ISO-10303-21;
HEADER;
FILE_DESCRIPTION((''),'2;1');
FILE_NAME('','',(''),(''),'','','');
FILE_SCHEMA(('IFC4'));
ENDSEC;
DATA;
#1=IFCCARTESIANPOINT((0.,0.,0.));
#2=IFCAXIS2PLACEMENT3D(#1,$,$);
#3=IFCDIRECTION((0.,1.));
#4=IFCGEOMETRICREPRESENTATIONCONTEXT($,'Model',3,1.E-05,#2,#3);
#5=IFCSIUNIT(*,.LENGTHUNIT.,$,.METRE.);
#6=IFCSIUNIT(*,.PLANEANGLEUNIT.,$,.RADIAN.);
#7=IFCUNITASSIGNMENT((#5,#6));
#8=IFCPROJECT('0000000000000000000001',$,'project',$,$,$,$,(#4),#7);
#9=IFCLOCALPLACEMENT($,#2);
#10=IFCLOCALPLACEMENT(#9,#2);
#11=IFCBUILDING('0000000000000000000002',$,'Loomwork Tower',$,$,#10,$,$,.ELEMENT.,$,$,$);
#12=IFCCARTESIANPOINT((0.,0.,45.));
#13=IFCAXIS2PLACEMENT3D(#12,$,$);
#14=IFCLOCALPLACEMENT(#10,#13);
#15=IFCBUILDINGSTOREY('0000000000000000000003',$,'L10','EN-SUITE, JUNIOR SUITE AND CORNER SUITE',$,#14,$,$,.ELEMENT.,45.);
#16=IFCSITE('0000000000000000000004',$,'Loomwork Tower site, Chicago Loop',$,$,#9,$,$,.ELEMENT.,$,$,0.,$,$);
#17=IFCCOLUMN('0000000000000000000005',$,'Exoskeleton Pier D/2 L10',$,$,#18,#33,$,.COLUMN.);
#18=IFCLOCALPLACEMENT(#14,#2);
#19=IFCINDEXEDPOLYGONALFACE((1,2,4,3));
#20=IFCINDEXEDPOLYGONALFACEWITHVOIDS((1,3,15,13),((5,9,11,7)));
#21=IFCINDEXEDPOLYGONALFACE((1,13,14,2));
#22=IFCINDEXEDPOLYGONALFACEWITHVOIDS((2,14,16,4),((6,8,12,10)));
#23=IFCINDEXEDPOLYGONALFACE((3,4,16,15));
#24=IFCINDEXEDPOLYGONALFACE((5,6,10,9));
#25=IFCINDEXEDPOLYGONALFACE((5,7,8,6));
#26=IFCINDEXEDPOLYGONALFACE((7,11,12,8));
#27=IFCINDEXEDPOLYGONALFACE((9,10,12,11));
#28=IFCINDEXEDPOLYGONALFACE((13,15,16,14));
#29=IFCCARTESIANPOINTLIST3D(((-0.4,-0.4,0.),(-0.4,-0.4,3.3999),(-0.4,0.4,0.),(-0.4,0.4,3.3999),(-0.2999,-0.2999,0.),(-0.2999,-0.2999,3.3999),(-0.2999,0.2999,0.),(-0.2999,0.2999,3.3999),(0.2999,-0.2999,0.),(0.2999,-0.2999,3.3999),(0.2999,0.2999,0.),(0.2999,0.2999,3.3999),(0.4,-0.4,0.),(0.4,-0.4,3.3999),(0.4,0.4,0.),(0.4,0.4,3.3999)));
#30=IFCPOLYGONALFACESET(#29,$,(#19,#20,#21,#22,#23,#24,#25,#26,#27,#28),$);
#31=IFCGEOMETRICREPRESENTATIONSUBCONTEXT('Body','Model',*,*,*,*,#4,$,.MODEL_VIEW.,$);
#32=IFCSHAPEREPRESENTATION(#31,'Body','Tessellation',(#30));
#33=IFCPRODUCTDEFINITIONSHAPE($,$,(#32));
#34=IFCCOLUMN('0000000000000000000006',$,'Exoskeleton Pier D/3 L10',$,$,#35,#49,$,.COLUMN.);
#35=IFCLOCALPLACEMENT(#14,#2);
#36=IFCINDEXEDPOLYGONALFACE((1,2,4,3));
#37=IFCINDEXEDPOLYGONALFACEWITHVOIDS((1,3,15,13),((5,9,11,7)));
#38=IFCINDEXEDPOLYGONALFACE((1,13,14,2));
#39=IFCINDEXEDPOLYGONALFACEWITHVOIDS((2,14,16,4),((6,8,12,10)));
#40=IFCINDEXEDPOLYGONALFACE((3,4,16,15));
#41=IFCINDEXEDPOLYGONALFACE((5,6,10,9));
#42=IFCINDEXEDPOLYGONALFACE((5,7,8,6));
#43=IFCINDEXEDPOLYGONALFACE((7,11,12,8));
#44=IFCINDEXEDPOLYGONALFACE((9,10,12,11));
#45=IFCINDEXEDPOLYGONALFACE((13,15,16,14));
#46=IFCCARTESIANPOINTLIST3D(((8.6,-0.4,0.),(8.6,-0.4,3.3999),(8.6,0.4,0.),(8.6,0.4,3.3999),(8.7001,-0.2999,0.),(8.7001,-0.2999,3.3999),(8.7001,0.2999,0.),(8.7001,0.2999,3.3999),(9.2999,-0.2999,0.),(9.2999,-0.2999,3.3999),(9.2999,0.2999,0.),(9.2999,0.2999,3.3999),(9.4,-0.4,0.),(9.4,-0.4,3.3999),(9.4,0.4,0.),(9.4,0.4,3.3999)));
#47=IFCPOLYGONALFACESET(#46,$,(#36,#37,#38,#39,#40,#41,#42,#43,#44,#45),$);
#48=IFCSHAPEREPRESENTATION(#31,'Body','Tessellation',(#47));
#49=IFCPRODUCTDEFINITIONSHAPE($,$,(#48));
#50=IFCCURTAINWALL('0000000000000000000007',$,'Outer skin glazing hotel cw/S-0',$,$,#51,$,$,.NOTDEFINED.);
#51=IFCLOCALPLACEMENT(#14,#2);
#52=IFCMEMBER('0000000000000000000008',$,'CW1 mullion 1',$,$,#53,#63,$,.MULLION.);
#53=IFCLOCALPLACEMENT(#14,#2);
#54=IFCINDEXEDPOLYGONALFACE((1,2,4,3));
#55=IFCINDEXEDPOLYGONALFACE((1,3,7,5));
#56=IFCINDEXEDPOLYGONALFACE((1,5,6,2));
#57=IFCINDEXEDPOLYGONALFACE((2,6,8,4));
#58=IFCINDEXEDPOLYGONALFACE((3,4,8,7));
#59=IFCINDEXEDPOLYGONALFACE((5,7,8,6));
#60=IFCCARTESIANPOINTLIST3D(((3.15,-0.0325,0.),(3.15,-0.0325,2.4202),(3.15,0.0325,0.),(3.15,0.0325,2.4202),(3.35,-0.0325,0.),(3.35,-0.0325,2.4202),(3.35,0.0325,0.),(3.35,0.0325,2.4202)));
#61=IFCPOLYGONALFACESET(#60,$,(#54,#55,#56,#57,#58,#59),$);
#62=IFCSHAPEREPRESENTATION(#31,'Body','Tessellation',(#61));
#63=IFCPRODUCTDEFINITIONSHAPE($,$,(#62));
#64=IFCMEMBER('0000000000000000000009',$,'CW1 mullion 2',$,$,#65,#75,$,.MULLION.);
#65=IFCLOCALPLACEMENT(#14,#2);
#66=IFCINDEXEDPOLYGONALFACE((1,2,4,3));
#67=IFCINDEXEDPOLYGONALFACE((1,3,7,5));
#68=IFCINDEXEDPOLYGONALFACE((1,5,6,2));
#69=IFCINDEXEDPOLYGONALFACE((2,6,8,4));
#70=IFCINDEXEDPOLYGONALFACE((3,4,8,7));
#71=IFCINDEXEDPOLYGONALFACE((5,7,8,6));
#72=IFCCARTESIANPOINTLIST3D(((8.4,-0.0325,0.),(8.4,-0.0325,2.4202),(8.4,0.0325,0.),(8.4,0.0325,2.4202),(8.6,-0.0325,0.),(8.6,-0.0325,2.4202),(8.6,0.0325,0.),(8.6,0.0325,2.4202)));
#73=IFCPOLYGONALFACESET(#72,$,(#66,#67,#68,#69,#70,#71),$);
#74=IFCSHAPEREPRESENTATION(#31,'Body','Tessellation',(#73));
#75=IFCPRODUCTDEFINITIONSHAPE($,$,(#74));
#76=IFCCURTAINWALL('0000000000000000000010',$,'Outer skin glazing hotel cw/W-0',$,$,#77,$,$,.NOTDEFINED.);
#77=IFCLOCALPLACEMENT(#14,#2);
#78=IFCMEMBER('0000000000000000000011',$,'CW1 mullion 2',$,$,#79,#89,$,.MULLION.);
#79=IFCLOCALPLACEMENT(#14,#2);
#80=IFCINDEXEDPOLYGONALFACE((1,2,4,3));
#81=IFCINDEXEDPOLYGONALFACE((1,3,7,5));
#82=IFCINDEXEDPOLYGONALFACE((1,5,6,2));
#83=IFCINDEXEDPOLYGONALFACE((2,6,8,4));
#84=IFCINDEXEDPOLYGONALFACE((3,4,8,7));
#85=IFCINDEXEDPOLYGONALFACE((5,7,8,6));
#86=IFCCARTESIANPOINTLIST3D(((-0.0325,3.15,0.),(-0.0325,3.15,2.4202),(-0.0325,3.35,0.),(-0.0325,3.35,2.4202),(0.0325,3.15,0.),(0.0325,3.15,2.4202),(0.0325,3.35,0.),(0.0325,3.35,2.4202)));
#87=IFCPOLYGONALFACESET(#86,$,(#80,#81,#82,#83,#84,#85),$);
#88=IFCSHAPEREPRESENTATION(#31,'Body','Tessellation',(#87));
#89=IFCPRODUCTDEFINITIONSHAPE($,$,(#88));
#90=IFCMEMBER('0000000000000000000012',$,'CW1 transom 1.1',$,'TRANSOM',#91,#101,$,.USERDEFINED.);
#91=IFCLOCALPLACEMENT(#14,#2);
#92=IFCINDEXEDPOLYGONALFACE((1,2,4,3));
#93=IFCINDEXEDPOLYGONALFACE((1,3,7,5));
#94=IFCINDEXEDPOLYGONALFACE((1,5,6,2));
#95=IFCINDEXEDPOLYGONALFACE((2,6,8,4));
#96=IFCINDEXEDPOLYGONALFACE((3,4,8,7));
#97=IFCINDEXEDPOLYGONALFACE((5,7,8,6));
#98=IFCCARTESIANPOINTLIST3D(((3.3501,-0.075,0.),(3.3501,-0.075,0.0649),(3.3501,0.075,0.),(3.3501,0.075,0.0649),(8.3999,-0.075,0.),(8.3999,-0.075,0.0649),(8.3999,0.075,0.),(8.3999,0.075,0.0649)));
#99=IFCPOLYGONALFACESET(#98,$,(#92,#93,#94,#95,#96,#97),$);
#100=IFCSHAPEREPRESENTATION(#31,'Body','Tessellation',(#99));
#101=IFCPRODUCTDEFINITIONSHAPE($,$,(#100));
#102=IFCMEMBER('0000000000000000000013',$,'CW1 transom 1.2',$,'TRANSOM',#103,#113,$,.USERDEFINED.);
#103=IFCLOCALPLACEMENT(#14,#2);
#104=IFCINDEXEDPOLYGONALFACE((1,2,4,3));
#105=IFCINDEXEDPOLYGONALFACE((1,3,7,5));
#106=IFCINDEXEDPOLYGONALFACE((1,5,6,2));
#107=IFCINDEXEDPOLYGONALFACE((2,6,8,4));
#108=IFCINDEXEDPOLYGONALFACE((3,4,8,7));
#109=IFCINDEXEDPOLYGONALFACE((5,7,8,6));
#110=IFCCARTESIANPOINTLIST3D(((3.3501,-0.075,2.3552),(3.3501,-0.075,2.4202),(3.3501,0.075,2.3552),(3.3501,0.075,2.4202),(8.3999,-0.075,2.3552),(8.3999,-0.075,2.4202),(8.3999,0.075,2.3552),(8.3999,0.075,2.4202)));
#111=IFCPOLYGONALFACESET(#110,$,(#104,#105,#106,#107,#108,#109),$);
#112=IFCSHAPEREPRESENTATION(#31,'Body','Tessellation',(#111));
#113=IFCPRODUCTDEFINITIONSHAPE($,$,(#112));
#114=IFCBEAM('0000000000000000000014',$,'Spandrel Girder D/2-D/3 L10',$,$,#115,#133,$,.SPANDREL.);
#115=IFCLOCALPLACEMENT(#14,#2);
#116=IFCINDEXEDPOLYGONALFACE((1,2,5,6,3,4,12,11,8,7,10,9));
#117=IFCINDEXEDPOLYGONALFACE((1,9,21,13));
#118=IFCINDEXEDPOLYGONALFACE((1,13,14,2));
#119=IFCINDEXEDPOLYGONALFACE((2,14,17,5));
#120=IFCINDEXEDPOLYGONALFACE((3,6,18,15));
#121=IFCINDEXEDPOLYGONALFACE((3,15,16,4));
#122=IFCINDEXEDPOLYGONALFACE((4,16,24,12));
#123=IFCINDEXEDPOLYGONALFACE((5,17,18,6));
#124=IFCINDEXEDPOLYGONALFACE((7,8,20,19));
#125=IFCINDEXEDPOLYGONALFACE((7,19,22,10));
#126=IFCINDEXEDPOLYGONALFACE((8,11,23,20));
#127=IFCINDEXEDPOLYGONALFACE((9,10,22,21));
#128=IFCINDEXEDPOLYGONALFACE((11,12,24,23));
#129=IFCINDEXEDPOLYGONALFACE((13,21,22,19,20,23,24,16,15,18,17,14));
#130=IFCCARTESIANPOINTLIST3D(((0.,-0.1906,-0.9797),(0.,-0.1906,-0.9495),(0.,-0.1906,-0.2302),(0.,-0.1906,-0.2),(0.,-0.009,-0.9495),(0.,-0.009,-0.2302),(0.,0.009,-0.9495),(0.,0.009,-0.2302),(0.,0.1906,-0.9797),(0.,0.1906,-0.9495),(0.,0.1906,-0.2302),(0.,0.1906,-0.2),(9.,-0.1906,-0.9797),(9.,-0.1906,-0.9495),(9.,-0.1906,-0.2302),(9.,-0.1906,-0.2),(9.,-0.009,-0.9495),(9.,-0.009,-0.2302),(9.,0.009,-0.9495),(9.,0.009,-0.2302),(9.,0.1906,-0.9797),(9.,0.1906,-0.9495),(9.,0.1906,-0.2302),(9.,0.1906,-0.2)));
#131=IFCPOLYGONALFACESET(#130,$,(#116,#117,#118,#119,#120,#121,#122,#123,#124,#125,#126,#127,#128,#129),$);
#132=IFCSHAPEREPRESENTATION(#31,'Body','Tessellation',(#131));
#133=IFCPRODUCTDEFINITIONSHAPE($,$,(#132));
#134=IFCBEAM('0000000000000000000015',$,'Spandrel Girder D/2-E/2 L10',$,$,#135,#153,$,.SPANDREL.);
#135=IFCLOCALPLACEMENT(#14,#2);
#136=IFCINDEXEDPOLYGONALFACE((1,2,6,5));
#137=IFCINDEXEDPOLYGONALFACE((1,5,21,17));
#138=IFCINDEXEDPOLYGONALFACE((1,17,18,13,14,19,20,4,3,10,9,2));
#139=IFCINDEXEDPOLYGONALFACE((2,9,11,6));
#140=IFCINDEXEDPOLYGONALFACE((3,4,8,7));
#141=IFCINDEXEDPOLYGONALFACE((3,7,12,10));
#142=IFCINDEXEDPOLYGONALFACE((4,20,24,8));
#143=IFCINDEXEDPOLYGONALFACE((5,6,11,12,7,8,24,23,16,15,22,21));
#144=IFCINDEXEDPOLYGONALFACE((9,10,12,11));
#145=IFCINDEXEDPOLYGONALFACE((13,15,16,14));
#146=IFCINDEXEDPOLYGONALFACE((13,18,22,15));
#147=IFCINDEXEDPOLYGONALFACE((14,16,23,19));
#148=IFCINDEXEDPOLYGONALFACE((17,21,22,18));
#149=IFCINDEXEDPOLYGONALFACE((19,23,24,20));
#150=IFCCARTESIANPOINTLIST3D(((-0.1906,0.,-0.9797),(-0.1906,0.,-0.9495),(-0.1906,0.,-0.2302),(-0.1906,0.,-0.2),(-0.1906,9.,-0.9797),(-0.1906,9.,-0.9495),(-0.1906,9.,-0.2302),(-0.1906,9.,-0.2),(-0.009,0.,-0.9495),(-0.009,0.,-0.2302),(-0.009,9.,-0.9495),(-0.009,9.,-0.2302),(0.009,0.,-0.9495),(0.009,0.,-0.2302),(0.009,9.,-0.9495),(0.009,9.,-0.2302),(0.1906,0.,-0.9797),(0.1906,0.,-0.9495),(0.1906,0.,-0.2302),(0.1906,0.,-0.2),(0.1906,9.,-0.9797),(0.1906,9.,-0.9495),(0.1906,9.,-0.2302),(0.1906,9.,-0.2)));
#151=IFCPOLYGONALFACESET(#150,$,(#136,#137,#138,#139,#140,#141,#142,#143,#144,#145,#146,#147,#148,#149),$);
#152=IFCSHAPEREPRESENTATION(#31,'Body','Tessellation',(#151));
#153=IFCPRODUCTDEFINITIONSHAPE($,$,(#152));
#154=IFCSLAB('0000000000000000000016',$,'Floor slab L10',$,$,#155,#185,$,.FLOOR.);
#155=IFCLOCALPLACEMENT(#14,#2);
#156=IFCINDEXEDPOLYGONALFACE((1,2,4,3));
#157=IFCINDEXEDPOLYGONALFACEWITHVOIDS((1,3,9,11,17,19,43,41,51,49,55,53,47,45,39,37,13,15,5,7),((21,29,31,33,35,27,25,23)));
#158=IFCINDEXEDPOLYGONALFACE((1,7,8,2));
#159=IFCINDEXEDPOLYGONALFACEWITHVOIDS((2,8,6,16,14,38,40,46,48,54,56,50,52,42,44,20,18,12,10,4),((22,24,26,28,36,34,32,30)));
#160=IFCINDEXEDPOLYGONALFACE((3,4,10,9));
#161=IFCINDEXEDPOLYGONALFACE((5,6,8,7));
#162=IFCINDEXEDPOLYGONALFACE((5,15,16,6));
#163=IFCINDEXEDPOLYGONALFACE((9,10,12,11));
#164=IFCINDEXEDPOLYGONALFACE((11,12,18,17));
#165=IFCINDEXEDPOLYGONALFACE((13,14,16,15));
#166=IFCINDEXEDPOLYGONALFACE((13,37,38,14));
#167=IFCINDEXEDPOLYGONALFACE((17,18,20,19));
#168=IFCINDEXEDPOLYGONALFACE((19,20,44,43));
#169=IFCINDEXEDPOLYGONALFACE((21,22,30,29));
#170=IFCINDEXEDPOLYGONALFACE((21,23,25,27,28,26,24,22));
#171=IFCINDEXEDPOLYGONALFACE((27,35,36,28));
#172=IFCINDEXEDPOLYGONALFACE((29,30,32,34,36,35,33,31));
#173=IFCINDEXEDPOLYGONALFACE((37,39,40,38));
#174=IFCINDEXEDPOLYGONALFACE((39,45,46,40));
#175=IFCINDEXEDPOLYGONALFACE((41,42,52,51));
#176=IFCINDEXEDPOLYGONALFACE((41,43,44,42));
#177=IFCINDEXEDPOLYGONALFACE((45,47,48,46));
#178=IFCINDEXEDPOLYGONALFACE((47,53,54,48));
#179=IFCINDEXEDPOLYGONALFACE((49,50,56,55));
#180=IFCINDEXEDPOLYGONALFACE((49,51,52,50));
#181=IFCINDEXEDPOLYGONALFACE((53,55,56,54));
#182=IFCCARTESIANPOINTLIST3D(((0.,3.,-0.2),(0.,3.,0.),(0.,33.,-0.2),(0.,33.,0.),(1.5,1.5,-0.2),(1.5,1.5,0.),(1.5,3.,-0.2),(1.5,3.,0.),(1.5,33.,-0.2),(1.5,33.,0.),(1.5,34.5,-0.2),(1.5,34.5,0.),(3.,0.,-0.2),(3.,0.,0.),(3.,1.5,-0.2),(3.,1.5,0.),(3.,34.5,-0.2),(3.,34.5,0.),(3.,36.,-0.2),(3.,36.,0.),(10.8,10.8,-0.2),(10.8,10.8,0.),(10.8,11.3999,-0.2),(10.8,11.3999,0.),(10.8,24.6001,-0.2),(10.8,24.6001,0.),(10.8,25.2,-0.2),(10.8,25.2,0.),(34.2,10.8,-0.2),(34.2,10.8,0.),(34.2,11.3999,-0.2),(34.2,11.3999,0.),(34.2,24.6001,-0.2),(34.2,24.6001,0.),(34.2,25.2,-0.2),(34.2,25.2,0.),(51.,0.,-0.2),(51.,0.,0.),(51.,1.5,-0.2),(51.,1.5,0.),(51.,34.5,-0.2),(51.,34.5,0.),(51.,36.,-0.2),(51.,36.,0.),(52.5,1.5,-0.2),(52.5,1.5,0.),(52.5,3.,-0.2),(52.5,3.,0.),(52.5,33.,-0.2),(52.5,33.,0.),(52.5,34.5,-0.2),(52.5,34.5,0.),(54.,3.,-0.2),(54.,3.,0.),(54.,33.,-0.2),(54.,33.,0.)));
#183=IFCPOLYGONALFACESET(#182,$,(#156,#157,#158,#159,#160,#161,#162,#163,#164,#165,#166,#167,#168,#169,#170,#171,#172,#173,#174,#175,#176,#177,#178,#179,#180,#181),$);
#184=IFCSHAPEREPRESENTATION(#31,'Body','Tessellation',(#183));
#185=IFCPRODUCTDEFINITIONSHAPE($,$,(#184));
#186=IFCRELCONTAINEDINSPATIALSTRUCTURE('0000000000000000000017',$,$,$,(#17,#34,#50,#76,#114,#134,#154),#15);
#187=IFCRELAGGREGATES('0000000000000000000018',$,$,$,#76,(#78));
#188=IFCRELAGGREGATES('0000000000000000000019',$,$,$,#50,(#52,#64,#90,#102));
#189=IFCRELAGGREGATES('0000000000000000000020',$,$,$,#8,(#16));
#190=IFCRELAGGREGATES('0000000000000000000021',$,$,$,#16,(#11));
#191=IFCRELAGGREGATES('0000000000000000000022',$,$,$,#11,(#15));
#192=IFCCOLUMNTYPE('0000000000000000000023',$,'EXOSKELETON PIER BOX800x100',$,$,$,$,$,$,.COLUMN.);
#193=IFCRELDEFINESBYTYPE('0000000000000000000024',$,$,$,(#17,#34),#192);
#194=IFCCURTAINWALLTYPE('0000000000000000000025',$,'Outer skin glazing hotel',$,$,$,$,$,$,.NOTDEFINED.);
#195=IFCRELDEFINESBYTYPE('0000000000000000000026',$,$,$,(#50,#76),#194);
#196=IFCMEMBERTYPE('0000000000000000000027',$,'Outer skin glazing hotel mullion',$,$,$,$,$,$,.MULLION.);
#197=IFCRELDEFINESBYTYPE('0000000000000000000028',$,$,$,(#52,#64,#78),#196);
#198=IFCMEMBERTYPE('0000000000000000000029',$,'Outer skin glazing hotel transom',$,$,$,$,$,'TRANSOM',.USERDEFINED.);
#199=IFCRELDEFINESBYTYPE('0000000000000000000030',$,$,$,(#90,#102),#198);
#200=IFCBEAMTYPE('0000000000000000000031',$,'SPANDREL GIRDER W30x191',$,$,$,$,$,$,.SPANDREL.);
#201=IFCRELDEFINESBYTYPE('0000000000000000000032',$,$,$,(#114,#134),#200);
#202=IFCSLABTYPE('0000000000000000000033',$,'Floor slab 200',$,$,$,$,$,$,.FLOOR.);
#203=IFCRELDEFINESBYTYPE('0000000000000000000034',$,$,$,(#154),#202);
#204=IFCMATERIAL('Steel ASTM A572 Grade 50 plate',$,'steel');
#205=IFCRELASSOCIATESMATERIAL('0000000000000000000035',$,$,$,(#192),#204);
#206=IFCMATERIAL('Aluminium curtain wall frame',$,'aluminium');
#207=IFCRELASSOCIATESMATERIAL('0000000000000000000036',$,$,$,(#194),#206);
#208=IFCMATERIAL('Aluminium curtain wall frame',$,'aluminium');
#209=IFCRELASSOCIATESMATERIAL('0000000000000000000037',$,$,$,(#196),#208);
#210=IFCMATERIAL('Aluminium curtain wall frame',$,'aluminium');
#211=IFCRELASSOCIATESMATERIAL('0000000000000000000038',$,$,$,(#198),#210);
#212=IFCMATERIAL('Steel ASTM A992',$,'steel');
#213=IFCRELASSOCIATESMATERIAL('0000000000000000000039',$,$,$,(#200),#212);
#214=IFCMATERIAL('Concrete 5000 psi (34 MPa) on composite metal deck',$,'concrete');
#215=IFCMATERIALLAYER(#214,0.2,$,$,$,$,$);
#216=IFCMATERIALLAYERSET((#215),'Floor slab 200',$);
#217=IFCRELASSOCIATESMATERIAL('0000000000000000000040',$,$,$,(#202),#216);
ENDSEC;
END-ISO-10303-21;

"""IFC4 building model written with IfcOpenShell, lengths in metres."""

from ifc_helpers import new_model, si_unit, direction, frame, origin, origin_2d, place, context, subcontext, project, spatial, polyline, rectangle, hollow_rectangle, i_section, outline, extrude, material, layer, layer_set, material_profile, profile_set, type_object, element, aggregate, save


model = new_model("IFC4")

# Units and contexts
model_context = context("Model", 3, precision=1e-05, world=origin(), true_north=direction((0.0, 1.0)))
body_context = subcontext(model_context, "Body", "Model", "MODEL_VIEW")
ifc_project = project(units=[si_unit("LENGTHUNIT", "METRE"), si_unit("PLANEANGLEUNIT", "RADIAN")], contexts=[model_context])

# Site, building, storey
site_placement = place(None, origin())
site = spatial("IfcSite", under=ifc_project, at=site_placement, Name="Loomwork Tower site, Chicago Loop", CompositionType="ELEMENT", RefElevation=0.0)
building_placement = place(site_placement, origin())
building = spatial("IfcBuilding", under=site, at=building_placement, Name="Loomwork Tower", CompositionType="ELEMENT")
storey_placement = place(building_placement, frame((0.0, 0.0, 45.0)))
storey = spatial("IfcBuildingStorey", under=building, at=storey_placement, Name="L10", Description="EN-SUITE, JUNIOR SUITE AND CORNER SUITE", CompositionType="ELEMENT", Elevation=45.0)

# Columns
ifc_material_1 = material(Name="Steel ASTM A572 Grade 50 plate", Category="steel")
ifc_material_profile_1 = material_profile(ifc_material_1, hollow_rectangle(XDim=0.8, YDim=0.8, WallThickness=0.1001, at=origin_2d()), Name="BOX800x100")
ifc_profile_set_1 = profile_set([ifc_material_profile_1], Name="Steel ASTM A572 Grade 50 plate")
column_type = type_object("IfcColumnType", Name="EXOSKELETON PIER BOX800x100", PredefinedType="COLUMN", material=ifc_profile_set_1)
for number, where, z_axis, x_axis, name in (
    (1, (0.0, 0.0, 0.0), (0.0, 0.0, 1.0), (1.0, 0.0, 0.0), "Exoskeleton Pier D/2 L10"),
    (2, (9.0, 0.0, 0.0), (0.0, 0.0, 1.0), (1.0, 0.0, 0.0), "Exoskeleton Pier D/3 L10"),
):
    element("IfcColumn", number, at=place(storey_placement, frame(where, z_axis=z_axis, x_axis=x_axis)), inside=storey, type_object=column_type, Name=name, PredefinedType="COLUMN", context=body_context, shape_type="SweptSolid", body=[
        extrude(hollow_rectangle(XDim=0.8, YDim=0.8, WallThickness=0.1001, at=origin_2d()), origin(), (0.0, 0.0, 1.0), 3.3999),
    ])

# Curtain wall, members
ifc_material_2 = material(Name="Aluminium curtain wall frame", Category="aluminium")
curtain_wall_type = type_object("IfcCurtainWallType", Name="Outer skin glazing hotel", PredefinedType="NOTDEFINED", material=ifc_material_2)
curtain_wall_1_placement = place(storey_placement, origin())
curtain_wall_1 = element("IfcCurtainWall", 3, at=curtain_wall_1_placement, inside=storey, type_object=curtain_wall_type, Name="Outer skin glazing hotel cw/S-0", PredefinedType="NOTDEFINED")
ifc_material_3 = material(Name="Aluminium curtain wall frame", Category="aluminium")
ifc_material_profile_2 = material_profile(ifc_material_3, rectangle(XDim=0.0649, YDim=0.2, at=origin_2d()), Name="AL 65x200")
ifc_profile_set_2 = profile_set([ifc_material_profile_2], Name="Aluminium curtain wall frame")
member_type_1 = type_object("IfcMemberType", Name="Outer skin glazing hotel mullion", PredefinedType="MULLION", material=ifc_profile_set_2)
member_1_placement = place(storey_placement, frame((3.25, 0.0, 0.0), z_axis=(0.0, 0.0, 1.0), x_axis=(0.0, 1.0, 0.0)))
member_1 = element("IfcMember", 4, at=member_1_placement, type_object=member_type_1, Name="CW1 mullion 1", PredefinedType="MULLION", context=body_context, shape_type="SweptSolid", body=[
    extrude(rectangle(XDim=0.0649, YDim=0.2, at=origin_2d()), origin(), (0.0, 0.0, 1.0), 2.4202),
])
member_2_placement = place(storey_placement, frame((8.5, 0.0, 0.0), z_axis=(0.0, 0.0, 1.0), x_axis=(0.0, 1.0, 0.0)))
member_2 = element("IfcMember", 5, at=member_2_placement, type_object=member_type_1, Name="CW1 mullion 2", PredefinedType="MULLION", context=body_context, shape_type="SweptSolid", body=[
    extrude(rectangle(XDim=0.0649, YDim=0.2, at=origin_2d()), origin(), (0.0, 0.0, 1.0), 2.4202),
])

# Curtain wall, member
curtain_wall_2_placement = place(storey_placement, origin())
curtain_wall_2 = element("IfcCurtainWall", 6, at=curtain_wall_2_placement, inside=storey, type_object=curtain_wall_type, Name="Outer skin glazing hotel cw/W-0", PredefinedType="NOTDEFINED")
member_3_placement = place(storey_placement, frame((0.0, 3.25, 0.0), z_axis=(0.0, 0.0, 1.0), x_axis=(1.0, 0.0, 0.0)))
member_3 = element("IfcMember", 7, at=member_3_placement, type_object=member_type_1, Name="CW1 mullion 2", PredefinedType="MULLION", context=body_context, shape_type="SweptSolid", body=[
    extrude(rectangle(XDim=0.0649, YDim=0.2, at=origin_2d()), origin(), (0.0, 0.0, 1.0), 2.4202),
])
aggregate(curtain_wall_2, [member_3])

# Members
ifc_material_4 = material(Name="Aluminium curtain wall frame", Category="aluminium")
ifc_material_profile_3 = material_profile(ifc_material_4, rectangle(XDim=0.1499, YDim=0.0649, at=origin_2d()), Name="AL 65x150")
ifc_profile_set_3 = profile_set([ifc_material_profile_3], Name="Aluminium curtain wall frame")
member_type_2 = type_object("IfcMemberType", Name="Outer skin glazing hotel transom", ElementType="TRANSOM", PredefinedType="USERDEFINED", material=ifc_profile_set_3)
member_4_placement = place(storey_placement, frame((3.3501, 0.0, 0.0325), z_axis=(1.0, 0.0, 0.0), x_axis=(0.0, 1.0, 0.0)))
member_4 = element("IfcMember", 8, at=member_4_placement, type_object=member_type_2, Name="CW1 transom 1.1", ObjectType="TRANSOM", PredefinedType="USERDEFINED", context=body_context, shape_type="SweptSolid", body=[
    extrude(rectangle(XDim=0.1499, YDim=0.0649, at=origin_2d()), origin(), (0.0, 0.0, 1.0), 5.0498),
])
member_5_placement = place(storey_placement, frame((3.3501, 0.0, 2.3877), z_axis=(1.0, 0.0, 0.0), x_axis=(0.0, 1.0, 0.0)))
member_5 = element("IfcMember", 9, at=member_5_placement, type_object=member_type_2, Name="CW1 transom 1.2", ObjectType="TRANSOM", PredefinedType="USERDEFINED", context=body_context, shape_type="SweptSolid", body=[
    extrude(rectangle(XDim=0.1499, YDim=0.0649, at=origin_2d()), origin(), (0.0, 0.0, 1.0), 5.0498),
])

# Beams
ifc_material_5 = material(Name="Steel ASTM A992", Category="steel")
ifc_material_profile_4 = material_profile(ifc_material_5, i_section(OverallWidth=0.3811, OverallDepth=0.7798, WebThickness=0.0181, FlangeThickness=0.0303, at=origin_2d()), Name="W30x191")
ifc_profile_set_4 = profile_set([ifc_material_profile_4], Name="Steel ASTM A992")
beam_type = type_object("IfcBeamType", Name="SPANDREL GIRDER W30x191", PredefinedType="SPANDREL", material=ifc_profile_set_4)
for number, where, z_axis, x_axis, name in (
    (10, (0.0, 0.0, -0.5898), (1.0, 0.0, 0.0), (0.0, 1.0, 0.0), "Spandrel Girder D/2-D/3 L10"),
    (11, (0.0, 0.0, -0.5898), (0.0, 1.0, 0.0), (-1.0, 0.0, 0.0), "Spandrel Girder D/2-E/2 L10"),
):
    element("IfcBeam", number, at=place(storey_placement, frame(where, z_axis=z_axis, x_axis=x_axis)), inside=storey, type_object=beam_type, Name=name, PredefinedType="SPANDREL", context=body_context, shape_type="SweptSolid", body=[
        extrude(i_section(OverallWidth=0.3811, OverallDepth=0.7798, WebThickness=0.0181, FlangeThickness=0.0303, at=origin_2d()), origin(), (0.0, 0.0, 1.0), 9.0),
    ])

# Slab
ifc_material_6 = material(Name="Concrete 5000 psi (34 MPa) on composite metal deck", Category="concrete")
ifc_layer_1 = layer(ifc_material_6, 0.2)
ifc_layer_set_1 = layer_set([ifc_layer_1], Name="Floor slab 200")
slab_type_1 = type_object("IfcSlabType", Name="Floor slab 200", PredefinedType="FLOOR", material=ifc_layer_set_1)
slab_1_placement = place(storey_placement, frame((0.0, 0.0, -0.2)))
element("IfcSlab", 12, at=slab_1_placement, inside=storey, type_object=slab_type_1, Name="Floor slab L10", PredefinedType="FLOOR", context=body_context, shape_type="SweptSolid", body=[
    extrude(outline(polyline([(3.0, 1.5), (1.5, 1.5), (1.5, 3.0), (0.0, 3.0), (0.0, 33.0), (1.5, 33.0), (1.5, 34.5), (3.0, 34.5), (3.0, 36.0), (51.0, 36.0), (51.0, 34.5), (52.5, 34.5), (52.5, 33.0), (54.0, 33.0), (54.0, 3.0), (52.5, 3.0), (52.5, 1.5), (51.0, 1.5), (51.0, 0.0), (3.0, 0.0), (3.0, 1.5)]), holes=[polyline([(10.8, 11.3999), (10.8, 11.3999), (10.8, 10.8), (34.2, 10.8), (34.2, 11.3999), (34.2, 11.3999), (34.2, 24.6001), (34.2, 25.2), (10.8, 25.2), (10.8, 24.6001), (10.8, 11.3999)])]), origin(), (0.0, 0.0, 1.0), 0.2),
])

aggregate(curtain_wall_1, [member_1, member_2, member_4, member_5])

save(model, "model.ifc")
